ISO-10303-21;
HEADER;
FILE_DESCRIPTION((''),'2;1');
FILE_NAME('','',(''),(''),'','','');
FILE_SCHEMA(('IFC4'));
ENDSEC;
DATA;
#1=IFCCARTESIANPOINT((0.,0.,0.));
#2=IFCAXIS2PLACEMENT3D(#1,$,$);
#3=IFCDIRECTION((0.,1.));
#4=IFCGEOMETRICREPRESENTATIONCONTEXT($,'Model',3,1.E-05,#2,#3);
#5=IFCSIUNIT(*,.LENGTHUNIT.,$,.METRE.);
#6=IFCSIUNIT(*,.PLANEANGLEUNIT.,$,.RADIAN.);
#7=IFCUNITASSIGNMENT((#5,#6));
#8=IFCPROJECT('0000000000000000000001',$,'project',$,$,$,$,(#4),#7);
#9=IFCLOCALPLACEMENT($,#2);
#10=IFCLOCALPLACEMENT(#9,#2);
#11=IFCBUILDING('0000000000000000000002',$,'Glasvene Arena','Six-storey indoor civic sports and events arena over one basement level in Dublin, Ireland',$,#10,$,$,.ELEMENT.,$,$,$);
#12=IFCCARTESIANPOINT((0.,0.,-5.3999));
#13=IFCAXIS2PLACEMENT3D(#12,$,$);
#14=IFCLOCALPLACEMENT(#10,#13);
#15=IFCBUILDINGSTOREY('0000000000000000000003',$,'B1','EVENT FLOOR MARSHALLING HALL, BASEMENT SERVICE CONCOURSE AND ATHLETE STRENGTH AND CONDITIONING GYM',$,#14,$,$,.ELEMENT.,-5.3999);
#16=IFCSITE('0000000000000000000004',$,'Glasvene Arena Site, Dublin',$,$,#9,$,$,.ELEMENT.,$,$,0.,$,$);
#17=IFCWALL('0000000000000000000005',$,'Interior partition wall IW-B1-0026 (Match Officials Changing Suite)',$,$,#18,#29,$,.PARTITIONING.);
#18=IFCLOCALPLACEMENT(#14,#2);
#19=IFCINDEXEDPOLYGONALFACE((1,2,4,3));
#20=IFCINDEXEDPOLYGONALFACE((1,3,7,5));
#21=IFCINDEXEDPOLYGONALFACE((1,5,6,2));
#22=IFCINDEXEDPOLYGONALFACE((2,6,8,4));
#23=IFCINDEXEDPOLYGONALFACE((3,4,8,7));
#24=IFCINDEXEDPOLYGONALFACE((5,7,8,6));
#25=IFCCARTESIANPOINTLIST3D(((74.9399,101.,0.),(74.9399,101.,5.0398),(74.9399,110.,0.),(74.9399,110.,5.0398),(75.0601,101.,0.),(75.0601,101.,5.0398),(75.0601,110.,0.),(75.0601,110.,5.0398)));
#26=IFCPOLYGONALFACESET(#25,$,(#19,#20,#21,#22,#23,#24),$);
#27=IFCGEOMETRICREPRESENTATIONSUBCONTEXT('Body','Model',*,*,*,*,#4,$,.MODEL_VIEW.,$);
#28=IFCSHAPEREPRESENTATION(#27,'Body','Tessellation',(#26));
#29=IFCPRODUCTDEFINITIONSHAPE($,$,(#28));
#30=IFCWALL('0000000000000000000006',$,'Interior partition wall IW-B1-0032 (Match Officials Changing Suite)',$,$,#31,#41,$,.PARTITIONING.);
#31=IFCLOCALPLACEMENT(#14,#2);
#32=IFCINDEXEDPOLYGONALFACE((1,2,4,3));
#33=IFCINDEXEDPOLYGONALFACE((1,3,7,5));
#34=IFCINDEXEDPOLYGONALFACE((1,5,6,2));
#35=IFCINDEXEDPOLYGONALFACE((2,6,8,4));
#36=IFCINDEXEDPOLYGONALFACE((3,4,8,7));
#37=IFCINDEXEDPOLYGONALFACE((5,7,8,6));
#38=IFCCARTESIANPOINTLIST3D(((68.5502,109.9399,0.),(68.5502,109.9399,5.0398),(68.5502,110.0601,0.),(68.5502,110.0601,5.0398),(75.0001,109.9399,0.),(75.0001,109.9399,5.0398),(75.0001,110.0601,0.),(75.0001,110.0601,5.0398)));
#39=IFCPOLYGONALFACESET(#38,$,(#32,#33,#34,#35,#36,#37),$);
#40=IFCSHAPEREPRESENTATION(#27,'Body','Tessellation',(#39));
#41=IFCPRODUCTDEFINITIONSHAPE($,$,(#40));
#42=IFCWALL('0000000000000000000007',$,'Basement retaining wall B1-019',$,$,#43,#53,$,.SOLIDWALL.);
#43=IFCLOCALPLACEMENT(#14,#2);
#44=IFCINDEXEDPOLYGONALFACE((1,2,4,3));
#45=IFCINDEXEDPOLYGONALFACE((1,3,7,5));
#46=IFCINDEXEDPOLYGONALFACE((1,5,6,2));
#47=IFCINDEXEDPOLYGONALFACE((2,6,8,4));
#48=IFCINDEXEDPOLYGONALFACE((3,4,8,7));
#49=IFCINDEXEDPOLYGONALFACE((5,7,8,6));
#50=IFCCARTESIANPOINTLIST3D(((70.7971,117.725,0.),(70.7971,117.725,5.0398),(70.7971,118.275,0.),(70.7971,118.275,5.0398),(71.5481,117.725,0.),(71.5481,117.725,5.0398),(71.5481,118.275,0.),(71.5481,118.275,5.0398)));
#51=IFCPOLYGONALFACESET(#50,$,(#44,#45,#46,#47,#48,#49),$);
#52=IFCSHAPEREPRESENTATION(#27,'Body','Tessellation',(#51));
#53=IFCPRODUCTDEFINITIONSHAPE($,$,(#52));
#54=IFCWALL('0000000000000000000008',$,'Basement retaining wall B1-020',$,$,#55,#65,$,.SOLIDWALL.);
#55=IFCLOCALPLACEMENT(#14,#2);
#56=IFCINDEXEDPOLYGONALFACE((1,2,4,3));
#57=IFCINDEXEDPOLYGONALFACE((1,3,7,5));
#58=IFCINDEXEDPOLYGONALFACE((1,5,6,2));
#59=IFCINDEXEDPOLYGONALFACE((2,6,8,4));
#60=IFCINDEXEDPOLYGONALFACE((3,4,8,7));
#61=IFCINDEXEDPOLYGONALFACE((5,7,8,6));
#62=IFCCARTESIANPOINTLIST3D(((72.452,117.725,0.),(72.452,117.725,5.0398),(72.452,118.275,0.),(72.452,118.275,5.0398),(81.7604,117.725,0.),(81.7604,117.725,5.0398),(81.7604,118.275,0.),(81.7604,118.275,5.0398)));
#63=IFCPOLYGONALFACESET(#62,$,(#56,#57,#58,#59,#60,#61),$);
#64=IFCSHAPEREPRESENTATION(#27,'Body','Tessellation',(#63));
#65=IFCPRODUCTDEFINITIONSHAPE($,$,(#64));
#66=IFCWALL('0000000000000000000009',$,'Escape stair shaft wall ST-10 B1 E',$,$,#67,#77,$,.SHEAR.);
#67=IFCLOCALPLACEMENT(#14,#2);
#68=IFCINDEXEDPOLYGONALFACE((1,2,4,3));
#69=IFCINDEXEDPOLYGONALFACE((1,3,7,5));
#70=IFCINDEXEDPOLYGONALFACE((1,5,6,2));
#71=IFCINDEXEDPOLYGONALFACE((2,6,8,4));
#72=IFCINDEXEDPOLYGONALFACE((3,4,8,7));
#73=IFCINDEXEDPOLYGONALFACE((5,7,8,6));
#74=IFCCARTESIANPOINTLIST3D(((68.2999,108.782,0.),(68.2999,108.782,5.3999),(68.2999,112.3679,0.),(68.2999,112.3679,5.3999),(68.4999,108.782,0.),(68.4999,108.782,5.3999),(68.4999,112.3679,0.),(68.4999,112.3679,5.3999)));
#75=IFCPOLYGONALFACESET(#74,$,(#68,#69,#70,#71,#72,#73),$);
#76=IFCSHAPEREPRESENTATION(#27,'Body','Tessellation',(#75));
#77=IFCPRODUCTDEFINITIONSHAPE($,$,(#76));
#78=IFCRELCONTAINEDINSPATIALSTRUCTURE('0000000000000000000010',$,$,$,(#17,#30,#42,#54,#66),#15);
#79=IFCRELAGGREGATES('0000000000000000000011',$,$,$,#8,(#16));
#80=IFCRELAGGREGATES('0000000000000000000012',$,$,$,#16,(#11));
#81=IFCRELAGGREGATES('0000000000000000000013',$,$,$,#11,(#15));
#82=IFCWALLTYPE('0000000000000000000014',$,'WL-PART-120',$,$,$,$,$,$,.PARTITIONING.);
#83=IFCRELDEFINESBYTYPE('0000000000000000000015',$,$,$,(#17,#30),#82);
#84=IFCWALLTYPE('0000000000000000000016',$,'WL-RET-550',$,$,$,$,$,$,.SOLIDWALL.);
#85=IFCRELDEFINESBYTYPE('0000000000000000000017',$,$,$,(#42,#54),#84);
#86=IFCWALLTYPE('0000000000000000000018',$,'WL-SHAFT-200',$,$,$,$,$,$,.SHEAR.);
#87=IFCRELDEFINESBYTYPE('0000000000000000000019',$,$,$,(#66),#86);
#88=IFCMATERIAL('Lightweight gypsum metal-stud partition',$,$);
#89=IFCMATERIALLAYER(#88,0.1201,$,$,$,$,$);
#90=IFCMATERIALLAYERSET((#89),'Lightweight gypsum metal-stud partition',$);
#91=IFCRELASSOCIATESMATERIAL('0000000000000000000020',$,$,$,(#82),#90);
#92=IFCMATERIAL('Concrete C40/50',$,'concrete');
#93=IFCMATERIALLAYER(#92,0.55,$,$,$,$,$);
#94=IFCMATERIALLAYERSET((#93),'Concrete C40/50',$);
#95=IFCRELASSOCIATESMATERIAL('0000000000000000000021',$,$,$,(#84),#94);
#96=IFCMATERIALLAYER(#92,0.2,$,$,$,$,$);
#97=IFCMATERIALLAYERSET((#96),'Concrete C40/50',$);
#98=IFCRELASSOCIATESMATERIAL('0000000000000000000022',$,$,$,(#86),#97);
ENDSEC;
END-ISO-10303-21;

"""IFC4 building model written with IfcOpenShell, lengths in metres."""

from ifc_helpers import new_model, si_unit, direction, frame, frame_2d, origin, place, context, subcontext, project, spatial, rectangle, extrude, material, layer, layer_set, type_object, element, save


model = new_model("IFC4")

# Units and contexts
model_context = context("Model", 3, precision=1e-05, world=origin(), true_north=direction((0.0, 1.0)))
body_context = subcontext(model_context, "Body", "Model", "MODEL_VIEW")
ifc_project = project(units=[si_unit("LENGTHUNIT", "METRE"), si_unit("PLANEANGLEUNIT", "RADIAN")], contexts=[model_context])

# Site, building, storey
site_placement = place(None, origin())
site = spatial("IfcSite", under=ifc_project, at=site_placement, Name="Glasvene Arena Site, Dublin", CompositionType="ELEMENT", RefElevation=0.0)
building_placement = place(site_placement, origin())
building = spatial("IfcBuilding", under=site, at=building_placement, Name="Glasvene Arena", Description="Six-storey indoor civic sports and events arena over one basement level in Dublin, Ireland", CompositionType="ELEMENT")
storey_placement = place(building_placement, frame((0.0, 0.0, -5.3999)))
storey = spatial("IfcBuildingStorey", under=building, at=storey_placement, Name="B1", Description="EVENT FLOOR MARSHALLING HALL, BASEMENT SERVICE CONCOURSE AND ATHLETE STRENGTH AND CONDITIONING GYM", CompositionType="ELEMENT", Elevation=-5.3999)

# Shared definitions
ifc_material_1 = material(Name="Concrete C40/50", Category="concrete")

# Walls
ifc_material_2 = material(Name="Lightweight gypsum metal-stud partition")
ifc_layer_1 = layer(ifc_material_2, 0.1201)
ifc_layer_set_1 = layer_set([ifc_layer_1], Name="Lightweight gypsum metal-stud partition")
wall_type_1 = type_object("IfcWallType", Name="WL-PART-120", PredefinedType="PARTITIONING", material=ifc_layer_set_1)
wall_1_placement = place(storey_placement, frame((75.0, 110.0, 0.0), z_axis=(0.0, 0.0, 1.0), x_axis=(0.0, -1.0, 0.0)))
element("IfcWall", 1, at=wall_1_placement, inside=storey, type_object=wall_type_1, Name="Interior partition wall IW-B1-0026 (Match Officials Changing Suite)", PredefinedType="PARTITIONING", context=body_context, shape_type="SweptSolid", body=[
    extrude(rectangle(XDim=9.0, YDim=0.1201, at=frame_2d((4.5, 0.0))), origin(), (0.0, 0.0, 1.0), 5.0398),
])
wall_2_placement = place(storey_placement, frame((68.55, 110.0, 0.0), z_axis=(0.0, 0.0, 1.0), x_axis=(1.0, 0.0, 0.0)))
element("IfcWall", 2, at=wall_2_placement, inside=storey, type_object=wall_type_1, Name="Interior partition wall IW-B1-0032 (Match Officials Changing Suite)", PredefinedType="PARTITIONING", context=body_context, shape_type="SweptSolid", body=[
    extrude(rectangle(XDim=6.45, YDim=0.1201, at=frame_2d((3.2251, 0.0))), origin(), (0.0, 0.0, 1.0), 5.0398),
])
ifc_layer_2 = layer(ifc_material_1, 0.55)
ifc_layer_set_2 = layer_set([ifc_layer_2], Name="Concrete C40/50")
wall_type_2 = type_object("IfcWallType", Name="WL-RET-550", PredefinedType="SOLIDWALL", material=ifc_layer_set_2)
wall_3_placement = place(storey_placement, frame((70.7971, 118.0, 0.0), z_axis=(0.0, 0.0, 1.0), x_axis=(1.0, 0.0, 0.0)))
element("IfcWall", 3, at=wall_3_placement, inside=storey, type_object=wall_type_2, Name="Basement retaining wall B1-019", PredefinedType="SOLIDWALL", context=body_context, shape_type="SweptSolid", body=[
    extrude(rectangle(XDim=0.751, YDim=0.55, at=frame_2d((0.3755, 0.0))), origin(), (0.0, 0.0, 1.0), 5.0398),
])
wall_4_placement = place(storey_placement, frame((72.4519, 118.0, 0.0), z_axis=(0.0, 0.0, 1.0), x_axis=(1.0, 0.0, 0.0)))
element("IfcWall", 4, at=wall_4_placement, inside=storey, type_object=wall_type_2, Name="Basement retaining wall B1-020", PredefinedType="SOLIDWALL", context=body_context, shape_type="SweptSolid", body=[
    extrude(rectangle(XDim=9.3083, YDim=0.55, at=frame_2d((4.6543, 0.0))), origin(), (0.0, 0.0, 1.0), 5.0398),
])
ifc_layer_3 = layer(ifc_material_1, 0.2)
ifc_layer_set_3 = layer_set([ifc_layer_3], Name="Concrete C40/50")
wall_type_3 = type_object("IfcWallType", Name="WL-SHAFT-200", PredefinedType="SHEAR", material=ifc_layer_set_3)
wall_5_placement = place(storey_placement, frame((68.3999, 108.782, 0.0), z_axis=(0.0, 0.0, 1.0), x_axis=(0.0, 1.0, 0.0)))
element("IfcWall", 5, at=wall_5_placement, inside=storey, type_object=wall_type_3, Name="Escape stair shaft wall ST-10 B1 E", PredefinedType="SHEAR", context=body_context, shape_type="SweptSolid", body=[
    extrude(rectangle(XDim=3.5859, YDim=0.2, at=frame_2d((1.793, 0.0))), origin(), (0.0, 0.0, 1.0), 5.3999),
])

save(model, "model.ifc")
